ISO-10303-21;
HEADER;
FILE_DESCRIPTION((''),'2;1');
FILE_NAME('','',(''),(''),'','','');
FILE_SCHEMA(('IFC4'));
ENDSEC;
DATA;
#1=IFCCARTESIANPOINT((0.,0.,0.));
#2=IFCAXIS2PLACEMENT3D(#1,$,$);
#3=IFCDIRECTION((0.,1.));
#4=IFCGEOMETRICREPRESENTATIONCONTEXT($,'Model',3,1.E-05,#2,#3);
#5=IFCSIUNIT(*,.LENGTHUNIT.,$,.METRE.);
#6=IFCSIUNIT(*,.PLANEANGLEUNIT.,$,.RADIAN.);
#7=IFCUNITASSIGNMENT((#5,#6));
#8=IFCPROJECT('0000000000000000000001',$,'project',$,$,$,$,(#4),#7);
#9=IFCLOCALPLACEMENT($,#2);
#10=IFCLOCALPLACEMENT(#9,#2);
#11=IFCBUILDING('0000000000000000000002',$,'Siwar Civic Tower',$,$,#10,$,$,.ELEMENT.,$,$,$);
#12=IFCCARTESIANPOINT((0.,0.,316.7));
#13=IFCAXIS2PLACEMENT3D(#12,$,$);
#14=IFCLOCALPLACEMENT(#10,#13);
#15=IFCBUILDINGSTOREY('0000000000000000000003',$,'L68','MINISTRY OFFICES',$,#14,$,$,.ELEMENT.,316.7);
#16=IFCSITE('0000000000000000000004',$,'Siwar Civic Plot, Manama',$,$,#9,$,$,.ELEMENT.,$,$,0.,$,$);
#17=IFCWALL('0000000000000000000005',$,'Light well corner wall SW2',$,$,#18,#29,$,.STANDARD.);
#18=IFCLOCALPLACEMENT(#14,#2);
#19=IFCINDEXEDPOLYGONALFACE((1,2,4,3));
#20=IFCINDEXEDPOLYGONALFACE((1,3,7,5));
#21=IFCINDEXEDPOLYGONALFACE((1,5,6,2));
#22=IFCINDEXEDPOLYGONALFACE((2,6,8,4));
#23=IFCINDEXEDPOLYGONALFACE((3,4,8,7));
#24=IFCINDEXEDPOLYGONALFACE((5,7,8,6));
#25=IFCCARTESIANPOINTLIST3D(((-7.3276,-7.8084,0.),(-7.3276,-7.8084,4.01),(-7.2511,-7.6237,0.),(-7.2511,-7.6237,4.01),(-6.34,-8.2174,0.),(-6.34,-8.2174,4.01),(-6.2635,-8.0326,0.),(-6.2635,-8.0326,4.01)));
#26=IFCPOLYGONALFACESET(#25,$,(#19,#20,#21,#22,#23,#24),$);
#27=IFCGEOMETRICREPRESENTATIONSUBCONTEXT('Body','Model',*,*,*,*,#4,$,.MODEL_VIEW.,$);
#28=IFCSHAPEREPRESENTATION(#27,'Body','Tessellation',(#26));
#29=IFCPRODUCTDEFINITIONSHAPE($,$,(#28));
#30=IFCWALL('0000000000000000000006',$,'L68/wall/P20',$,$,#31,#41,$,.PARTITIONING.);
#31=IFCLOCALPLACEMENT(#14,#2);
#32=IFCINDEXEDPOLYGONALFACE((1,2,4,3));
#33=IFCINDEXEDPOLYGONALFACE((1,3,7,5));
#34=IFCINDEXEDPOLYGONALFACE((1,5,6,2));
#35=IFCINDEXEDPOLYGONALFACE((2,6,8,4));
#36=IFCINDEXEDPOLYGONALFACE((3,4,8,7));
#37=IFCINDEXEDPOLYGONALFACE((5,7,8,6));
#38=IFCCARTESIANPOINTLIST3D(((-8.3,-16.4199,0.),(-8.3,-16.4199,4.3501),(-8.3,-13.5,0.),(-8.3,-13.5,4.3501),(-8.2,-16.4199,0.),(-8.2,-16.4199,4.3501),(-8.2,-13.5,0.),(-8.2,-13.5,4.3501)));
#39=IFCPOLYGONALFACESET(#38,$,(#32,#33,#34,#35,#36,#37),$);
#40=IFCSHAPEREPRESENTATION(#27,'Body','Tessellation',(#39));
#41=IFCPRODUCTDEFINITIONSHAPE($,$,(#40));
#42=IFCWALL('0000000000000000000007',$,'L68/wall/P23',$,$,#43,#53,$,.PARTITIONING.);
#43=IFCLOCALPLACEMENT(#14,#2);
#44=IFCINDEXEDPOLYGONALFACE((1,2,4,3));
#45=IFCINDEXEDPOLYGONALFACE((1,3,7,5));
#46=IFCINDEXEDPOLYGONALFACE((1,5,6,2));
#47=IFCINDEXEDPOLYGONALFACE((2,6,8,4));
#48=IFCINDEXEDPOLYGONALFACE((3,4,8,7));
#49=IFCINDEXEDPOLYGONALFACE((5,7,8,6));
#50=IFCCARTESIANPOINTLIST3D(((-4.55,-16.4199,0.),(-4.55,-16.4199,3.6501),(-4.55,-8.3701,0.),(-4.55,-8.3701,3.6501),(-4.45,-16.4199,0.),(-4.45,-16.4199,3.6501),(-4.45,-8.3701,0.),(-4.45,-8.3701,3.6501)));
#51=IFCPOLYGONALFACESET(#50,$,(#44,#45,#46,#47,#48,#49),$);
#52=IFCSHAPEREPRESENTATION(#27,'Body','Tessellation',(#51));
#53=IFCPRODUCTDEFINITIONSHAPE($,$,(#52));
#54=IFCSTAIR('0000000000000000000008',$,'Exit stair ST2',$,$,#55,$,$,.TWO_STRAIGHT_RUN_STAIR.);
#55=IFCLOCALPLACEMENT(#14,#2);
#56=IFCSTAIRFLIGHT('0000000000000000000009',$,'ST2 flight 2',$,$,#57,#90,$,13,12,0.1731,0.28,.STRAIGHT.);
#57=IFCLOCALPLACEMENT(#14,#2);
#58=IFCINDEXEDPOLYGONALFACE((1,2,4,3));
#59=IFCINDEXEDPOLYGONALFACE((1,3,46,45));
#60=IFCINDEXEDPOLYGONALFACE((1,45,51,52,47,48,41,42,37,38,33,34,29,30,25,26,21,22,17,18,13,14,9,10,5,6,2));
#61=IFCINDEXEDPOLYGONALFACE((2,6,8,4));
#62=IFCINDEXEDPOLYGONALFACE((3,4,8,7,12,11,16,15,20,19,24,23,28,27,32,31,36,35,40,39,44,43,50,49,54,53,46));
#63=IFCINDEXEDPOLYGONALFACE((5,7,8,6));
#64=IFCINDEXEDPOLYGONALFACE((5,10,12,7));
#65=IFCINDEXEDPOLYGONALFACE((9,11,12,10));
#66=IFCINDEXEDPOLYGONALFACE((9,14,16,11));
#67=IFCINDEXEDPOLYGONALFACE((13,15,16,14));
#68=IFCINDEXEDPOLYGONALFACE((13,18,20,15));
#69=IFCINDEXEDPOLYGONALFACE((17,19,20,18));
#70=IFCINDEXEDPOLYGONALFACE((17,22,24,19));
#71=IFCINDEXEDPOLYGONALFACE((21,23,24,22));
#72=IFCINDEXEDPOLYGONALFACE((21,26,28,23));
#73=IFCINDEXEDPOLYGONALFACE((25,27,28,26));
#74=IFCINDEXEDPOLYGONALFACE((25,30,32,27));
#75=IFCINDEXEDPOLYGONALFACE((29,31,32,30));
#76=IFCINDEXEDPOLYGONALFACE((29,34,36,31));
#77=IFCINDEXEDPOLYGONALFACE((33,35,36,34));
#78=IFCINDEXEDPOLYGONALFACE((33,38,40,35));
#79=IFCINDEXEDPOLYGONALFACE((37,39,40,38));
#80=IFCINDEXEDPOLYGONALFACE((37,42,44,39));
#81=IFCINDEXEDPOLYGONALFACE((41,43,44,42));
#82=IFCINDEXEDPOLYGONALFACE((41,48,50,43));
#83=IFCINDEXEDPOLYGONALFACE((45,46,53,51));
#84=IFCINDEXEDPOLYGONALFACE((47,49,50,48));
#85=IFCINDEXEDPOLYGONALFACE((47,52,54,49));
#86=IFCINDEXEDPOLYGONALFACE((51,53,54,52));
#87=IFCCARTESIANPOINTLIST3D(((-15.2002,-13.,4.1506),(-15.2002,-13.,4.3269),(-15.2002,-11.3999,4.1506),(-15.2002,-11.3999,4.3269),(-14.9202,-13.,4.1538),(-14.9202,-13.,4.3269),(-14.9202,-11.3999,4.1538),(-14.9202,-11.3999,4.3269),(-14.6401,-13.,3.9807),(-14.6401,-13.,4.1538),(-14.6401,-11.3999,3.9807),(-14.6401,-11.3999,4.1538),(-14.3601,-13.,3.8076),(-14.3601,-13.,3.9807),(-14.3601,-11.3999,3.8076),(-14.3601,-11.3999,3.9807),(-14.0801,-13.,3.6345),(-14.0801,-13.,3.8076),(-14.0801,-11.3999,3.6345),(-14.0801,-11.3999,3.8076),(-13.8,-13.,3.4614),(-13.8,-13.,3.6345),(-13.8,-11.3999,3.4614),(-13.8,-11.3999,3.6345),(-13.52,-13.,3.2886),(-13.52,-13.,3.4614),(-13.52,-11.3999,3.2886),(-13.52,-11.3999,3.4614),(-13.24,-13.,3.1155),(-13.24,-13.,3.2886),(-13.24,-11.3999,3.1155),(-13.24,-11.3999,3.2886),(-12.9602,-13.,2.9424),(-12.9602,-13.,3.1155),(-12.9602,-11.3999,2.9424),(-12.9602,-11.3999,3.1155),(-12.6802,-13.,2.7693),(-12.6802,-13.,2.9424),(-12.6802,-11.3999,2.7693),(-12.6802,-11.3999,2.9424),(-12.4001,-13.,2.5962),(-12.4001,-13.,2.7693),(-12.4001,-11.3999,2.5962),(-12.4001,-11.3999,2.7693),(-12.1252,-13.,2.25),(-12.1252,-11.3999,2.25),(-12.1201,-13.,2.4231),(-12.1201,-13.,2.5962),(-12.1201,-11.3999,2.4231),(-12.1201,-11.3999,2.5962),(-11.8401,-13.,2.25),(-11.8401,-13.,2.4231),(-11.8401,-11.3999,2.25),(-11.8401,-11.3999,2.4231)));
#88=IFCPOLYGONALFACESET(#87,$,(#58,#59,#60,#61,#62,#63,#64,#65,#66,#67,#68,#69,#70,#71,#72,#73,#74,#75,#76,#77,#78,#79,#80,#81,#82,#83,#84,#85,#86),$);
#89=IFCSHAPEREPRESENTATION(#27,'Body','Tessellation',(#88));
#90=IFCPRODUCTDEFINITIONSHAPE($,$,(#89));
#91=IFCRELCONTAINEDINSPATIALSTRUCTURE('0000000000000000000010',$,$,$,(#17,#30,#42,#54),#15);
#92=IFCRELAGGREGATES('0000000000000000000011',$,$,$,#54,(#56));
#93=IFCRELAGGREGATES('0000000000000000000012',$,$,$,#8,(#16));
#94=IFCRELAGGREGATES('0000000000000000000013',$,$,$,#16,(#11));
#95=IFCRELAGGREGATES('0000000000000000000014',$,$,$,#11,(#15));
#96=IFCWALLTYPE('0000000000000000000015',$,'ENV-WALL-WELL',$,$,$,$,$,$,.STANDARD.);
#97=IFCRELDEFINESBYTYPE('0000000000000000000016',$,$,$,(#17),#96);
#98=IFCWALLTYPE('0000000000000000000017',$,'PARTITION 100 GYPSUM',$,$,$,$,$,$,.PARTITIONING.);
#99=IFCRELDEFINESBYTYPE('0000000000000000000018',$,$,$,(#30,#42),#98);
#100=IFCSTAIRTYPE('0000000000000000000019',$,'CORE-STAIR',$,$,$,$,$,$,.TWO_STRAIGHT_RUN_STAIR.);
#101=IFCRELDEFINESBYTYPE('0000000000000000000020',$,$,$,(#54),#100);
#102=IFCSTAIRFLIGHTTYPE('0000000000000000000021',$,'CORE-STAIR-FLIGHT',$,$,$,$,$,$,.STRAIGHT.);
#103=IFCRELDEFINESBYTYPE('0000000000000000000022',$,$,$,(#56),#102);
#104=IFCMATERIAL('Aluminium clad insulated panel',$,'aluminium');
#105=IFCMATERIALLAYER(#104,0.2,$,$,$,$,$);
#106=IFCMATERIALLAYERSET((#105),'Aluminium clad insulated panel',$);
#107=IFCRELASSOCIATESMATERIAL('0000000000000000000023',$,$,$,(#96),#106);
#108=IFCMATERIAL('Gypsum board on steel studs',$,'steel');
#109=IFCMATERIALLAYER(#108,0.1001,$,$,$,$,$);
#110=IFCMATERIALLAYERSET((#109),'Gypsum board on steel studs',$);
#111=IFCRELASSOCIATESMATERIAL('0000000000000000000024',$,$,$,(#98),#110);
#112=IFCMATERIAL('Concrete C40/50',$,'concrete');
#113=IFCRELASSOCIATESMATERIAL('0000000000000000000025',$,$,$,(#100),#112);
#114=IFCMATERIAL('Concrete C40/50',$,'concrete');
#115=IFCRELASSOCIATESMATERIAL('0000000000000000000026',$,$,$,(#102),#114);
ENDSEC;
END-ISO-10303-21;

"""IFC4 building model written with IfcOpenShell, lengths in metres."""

from ifc_helpers import new_model, si_unit, direction, frame, frame_2d, origin, place, context, subcontext, project, spatial, polyline, rectangle, outline, extrude, material, layer, layer_set, type_object, element, aggregate, save


model = new_model("IFC4")

# Units and contexts
model_context = context("Model", 3, precision=1e-05, world=origin(), true_north=direction((0.0, 1.0)))
body_context = subcontext(model_context, "Body", "Model", "MODEL_VIEW")
ifc_project = project(units=[si_unit("LENGTHUNIT", "METRE"), si_unit("PLANEANGLEUNIT", "RADIAN")], contexts=[model_context])

# Site, building, storey
site_placement = place(None, origin())
site = spatial("IfcSite", under=ifc_project, at=site_placement, Name="Siwar Civic Plot, Manama", CompositionType="ELEMENT", RefElevation=0.0)
building_placement = place(site_placement, origin())
building = spatial("IfcBuilding", under=site, at=building_placement, Name="Siwar Civic Tower", CompositionType="ELEMENT")
storey_placement = place(building_placement, frame((0.0, 0.0, 316.7)))
storey = spatial("IfcBuildingStorey", under=building, at=storey_placement, Name="L68", Description="MINISTRY OFFICES", CompositionType="ELEMENT", Elevation=316.7)

# Walls
ifc_material_1 = material(Name="Aluminium clad insulated panel", Category="aluminium")
ifc_layer_1 = layer(ifc_material_1, 0.2)
ifc_layer_set_1 = layer_set([ifc_layer_1], Name="Aluminium clad insulated panel")
wall_type_1 = type_object("IfcWallType", Name="ENV-WALL-WELL", PredefinedType="STANDARD", material=ifc_layer_set_1)
wall_1_placement = place(storey_placement, frame((-7.2893, -7.7161, 0.0), z_axis=(0.0, 0.0, 1.0), x_axis=(0.923919, -0.382587, 0.0)))
element("IfcWall", 1, at=wall_1_placement, inside=storey, type_object=wall_type_1, Name="Light well corner wall SW2", PredefinedType="STANDARD", context=body_context, shape_type="SweptSolid", body=[
    extrude(rectangle(XDim=1.0688, YDim=0.2, at=frame_2d((0.5344, 0.0))), origin(), (0.0, 0.0, 1.0), 4.01),
])
ifc_material_2 = material(Name="Gypsum board on steel studs", Category="steel")
ifc_layer_2 = layer(ifc_material_2, 0.1001)
ifc_layer_set_2 = layer_set([ifc_layer_2], Name="Gypsum board on steel studs")
wall_type_2 = type_object("IfcWallType", Name="PARTITION 100 GYPSUM", PredefinedType="PARTITIONING", material=ifc_layer_set_2)
wall_2_placement = place(storey_placement, frame((-8.25, -16.4199, 0.0), z_axis=(0.0, 0.0, 1.0), x_axis=(0.0, 1.0, 0.0)))
element("IfcWall", 2, at=wall_2_placement, inside=storey, type_object=wall_type_2, Name="L68/wall/P20", PredefinedType="PARTITIONING", context=body_context, shape_type="SweptSolid", body=[
    extrude(rectangle(XDim=2.9199, YDim=0.1001, at=frame_2d((1.46, 0.0))), origin(), (0.0, 0.0, 1.0), 4.3501),
])
wall_3_placement = place(storey_placement, frame((-4.5, -16.4199, 0.0), z_axis=(0.0, 0.0, 1.0), x_axis=(0.0, 1.0, 0.0)))
element("IfcWall", 3, at=wall_3_placement, inside=storey, type_object=wall_type_2, Name="L68/wall/P23", PredefinedType="PARTITIONING", context=body_context, shape_type="SweptSolid", body=[
    extrude(rectangle(XDim=8.0498, YDim=0.1001, at=frame_2d((4.0249, 0.0))), origin(), (0.0, 0.0, 1.0), 3.6501),
])

# Stair, stair flight
ifc_material_3 = material(Name="Concrete C40/50", Category="concrete")
stair_type = type_object("IfcStairType", Name="CORE-STAIR", PredefinedType="TWO_STRAIGHT_RUN_STAIR", material=ifc_material_3)
stair_placement = place(storey_placement, origin())
stair = element("IfcStair", 4, at=stair_placement, inside=storey, type_object=stair_type, Name="Exit stair ST2", PredefinedType="TWO_STRAIGHT_RUN_STAIR")
ifc_material_4 = material(Name="Concrete C40/50", Category="concrete")
stair_flight_type = type_object("IfcStairFlightType", Name="CORE-STAIR-FLIGHT", PredefinedType="STRAIGHT", material=ifc_material_4)
stair_flight_placement = place(storey_placement, frame((-11.8401, -12.2, 2.25), z_axis=(0.0, 0.0, 1.0), x_axis=(-1.0, 0.0, 0.0)))
stair_flight = element("IfcStairFlight", 5, at=stair_flight_placement, type_object=stair_flight_type, Name="ST2 flight 2", NumberOfRisers=13, NumberOfTreads=12, PredefinedType="STRAIGHT", RiserHeight=0.1731, TreadLength=0.28, context=body_context, shape_type="SweptSolid", body=[
    extrude(outline(polyline([(0.0, 0.0), (0.0, 0.1731), (0.28, 0.1731), (0.28, 0.3462), (0.5601, 0.3462), (0.5601, 0.5193), (0.8401, 0.5193), (0.8401, 0.6924), (1.1201, 0.6924), (1.1201, 0.8655), (1.3999, 0.8655), (1.3999, 1.0386), (1.6799, 1.0386), (1.6799, 1.2114), (1.96, 1.2114), (1.96, 1.3845), (2.24, 1.3845), (2.24, 1.5576), (2.52, 1.5576), (2.52, 1.7307), (2.8, 1.7307), (2.8, 1.9038), (3.0801, 1.9038), (3.0801, 2.0769), (3.3601, 2.0769), (3.3601, 2.25), (3.3601, 1.9006), (0.2852, 0.0), (0.0, 0.0)])), frame((0.0, 0.8, 0.0), z_axis=(0.0, -1.0, 0.0), x_axis=(1.0, 0.0, 0.0)), (0.0, 0.0, 1.0), 1.6001),
])
aggregate(stair, [stair_flight])

save(model, "model.ifc")
